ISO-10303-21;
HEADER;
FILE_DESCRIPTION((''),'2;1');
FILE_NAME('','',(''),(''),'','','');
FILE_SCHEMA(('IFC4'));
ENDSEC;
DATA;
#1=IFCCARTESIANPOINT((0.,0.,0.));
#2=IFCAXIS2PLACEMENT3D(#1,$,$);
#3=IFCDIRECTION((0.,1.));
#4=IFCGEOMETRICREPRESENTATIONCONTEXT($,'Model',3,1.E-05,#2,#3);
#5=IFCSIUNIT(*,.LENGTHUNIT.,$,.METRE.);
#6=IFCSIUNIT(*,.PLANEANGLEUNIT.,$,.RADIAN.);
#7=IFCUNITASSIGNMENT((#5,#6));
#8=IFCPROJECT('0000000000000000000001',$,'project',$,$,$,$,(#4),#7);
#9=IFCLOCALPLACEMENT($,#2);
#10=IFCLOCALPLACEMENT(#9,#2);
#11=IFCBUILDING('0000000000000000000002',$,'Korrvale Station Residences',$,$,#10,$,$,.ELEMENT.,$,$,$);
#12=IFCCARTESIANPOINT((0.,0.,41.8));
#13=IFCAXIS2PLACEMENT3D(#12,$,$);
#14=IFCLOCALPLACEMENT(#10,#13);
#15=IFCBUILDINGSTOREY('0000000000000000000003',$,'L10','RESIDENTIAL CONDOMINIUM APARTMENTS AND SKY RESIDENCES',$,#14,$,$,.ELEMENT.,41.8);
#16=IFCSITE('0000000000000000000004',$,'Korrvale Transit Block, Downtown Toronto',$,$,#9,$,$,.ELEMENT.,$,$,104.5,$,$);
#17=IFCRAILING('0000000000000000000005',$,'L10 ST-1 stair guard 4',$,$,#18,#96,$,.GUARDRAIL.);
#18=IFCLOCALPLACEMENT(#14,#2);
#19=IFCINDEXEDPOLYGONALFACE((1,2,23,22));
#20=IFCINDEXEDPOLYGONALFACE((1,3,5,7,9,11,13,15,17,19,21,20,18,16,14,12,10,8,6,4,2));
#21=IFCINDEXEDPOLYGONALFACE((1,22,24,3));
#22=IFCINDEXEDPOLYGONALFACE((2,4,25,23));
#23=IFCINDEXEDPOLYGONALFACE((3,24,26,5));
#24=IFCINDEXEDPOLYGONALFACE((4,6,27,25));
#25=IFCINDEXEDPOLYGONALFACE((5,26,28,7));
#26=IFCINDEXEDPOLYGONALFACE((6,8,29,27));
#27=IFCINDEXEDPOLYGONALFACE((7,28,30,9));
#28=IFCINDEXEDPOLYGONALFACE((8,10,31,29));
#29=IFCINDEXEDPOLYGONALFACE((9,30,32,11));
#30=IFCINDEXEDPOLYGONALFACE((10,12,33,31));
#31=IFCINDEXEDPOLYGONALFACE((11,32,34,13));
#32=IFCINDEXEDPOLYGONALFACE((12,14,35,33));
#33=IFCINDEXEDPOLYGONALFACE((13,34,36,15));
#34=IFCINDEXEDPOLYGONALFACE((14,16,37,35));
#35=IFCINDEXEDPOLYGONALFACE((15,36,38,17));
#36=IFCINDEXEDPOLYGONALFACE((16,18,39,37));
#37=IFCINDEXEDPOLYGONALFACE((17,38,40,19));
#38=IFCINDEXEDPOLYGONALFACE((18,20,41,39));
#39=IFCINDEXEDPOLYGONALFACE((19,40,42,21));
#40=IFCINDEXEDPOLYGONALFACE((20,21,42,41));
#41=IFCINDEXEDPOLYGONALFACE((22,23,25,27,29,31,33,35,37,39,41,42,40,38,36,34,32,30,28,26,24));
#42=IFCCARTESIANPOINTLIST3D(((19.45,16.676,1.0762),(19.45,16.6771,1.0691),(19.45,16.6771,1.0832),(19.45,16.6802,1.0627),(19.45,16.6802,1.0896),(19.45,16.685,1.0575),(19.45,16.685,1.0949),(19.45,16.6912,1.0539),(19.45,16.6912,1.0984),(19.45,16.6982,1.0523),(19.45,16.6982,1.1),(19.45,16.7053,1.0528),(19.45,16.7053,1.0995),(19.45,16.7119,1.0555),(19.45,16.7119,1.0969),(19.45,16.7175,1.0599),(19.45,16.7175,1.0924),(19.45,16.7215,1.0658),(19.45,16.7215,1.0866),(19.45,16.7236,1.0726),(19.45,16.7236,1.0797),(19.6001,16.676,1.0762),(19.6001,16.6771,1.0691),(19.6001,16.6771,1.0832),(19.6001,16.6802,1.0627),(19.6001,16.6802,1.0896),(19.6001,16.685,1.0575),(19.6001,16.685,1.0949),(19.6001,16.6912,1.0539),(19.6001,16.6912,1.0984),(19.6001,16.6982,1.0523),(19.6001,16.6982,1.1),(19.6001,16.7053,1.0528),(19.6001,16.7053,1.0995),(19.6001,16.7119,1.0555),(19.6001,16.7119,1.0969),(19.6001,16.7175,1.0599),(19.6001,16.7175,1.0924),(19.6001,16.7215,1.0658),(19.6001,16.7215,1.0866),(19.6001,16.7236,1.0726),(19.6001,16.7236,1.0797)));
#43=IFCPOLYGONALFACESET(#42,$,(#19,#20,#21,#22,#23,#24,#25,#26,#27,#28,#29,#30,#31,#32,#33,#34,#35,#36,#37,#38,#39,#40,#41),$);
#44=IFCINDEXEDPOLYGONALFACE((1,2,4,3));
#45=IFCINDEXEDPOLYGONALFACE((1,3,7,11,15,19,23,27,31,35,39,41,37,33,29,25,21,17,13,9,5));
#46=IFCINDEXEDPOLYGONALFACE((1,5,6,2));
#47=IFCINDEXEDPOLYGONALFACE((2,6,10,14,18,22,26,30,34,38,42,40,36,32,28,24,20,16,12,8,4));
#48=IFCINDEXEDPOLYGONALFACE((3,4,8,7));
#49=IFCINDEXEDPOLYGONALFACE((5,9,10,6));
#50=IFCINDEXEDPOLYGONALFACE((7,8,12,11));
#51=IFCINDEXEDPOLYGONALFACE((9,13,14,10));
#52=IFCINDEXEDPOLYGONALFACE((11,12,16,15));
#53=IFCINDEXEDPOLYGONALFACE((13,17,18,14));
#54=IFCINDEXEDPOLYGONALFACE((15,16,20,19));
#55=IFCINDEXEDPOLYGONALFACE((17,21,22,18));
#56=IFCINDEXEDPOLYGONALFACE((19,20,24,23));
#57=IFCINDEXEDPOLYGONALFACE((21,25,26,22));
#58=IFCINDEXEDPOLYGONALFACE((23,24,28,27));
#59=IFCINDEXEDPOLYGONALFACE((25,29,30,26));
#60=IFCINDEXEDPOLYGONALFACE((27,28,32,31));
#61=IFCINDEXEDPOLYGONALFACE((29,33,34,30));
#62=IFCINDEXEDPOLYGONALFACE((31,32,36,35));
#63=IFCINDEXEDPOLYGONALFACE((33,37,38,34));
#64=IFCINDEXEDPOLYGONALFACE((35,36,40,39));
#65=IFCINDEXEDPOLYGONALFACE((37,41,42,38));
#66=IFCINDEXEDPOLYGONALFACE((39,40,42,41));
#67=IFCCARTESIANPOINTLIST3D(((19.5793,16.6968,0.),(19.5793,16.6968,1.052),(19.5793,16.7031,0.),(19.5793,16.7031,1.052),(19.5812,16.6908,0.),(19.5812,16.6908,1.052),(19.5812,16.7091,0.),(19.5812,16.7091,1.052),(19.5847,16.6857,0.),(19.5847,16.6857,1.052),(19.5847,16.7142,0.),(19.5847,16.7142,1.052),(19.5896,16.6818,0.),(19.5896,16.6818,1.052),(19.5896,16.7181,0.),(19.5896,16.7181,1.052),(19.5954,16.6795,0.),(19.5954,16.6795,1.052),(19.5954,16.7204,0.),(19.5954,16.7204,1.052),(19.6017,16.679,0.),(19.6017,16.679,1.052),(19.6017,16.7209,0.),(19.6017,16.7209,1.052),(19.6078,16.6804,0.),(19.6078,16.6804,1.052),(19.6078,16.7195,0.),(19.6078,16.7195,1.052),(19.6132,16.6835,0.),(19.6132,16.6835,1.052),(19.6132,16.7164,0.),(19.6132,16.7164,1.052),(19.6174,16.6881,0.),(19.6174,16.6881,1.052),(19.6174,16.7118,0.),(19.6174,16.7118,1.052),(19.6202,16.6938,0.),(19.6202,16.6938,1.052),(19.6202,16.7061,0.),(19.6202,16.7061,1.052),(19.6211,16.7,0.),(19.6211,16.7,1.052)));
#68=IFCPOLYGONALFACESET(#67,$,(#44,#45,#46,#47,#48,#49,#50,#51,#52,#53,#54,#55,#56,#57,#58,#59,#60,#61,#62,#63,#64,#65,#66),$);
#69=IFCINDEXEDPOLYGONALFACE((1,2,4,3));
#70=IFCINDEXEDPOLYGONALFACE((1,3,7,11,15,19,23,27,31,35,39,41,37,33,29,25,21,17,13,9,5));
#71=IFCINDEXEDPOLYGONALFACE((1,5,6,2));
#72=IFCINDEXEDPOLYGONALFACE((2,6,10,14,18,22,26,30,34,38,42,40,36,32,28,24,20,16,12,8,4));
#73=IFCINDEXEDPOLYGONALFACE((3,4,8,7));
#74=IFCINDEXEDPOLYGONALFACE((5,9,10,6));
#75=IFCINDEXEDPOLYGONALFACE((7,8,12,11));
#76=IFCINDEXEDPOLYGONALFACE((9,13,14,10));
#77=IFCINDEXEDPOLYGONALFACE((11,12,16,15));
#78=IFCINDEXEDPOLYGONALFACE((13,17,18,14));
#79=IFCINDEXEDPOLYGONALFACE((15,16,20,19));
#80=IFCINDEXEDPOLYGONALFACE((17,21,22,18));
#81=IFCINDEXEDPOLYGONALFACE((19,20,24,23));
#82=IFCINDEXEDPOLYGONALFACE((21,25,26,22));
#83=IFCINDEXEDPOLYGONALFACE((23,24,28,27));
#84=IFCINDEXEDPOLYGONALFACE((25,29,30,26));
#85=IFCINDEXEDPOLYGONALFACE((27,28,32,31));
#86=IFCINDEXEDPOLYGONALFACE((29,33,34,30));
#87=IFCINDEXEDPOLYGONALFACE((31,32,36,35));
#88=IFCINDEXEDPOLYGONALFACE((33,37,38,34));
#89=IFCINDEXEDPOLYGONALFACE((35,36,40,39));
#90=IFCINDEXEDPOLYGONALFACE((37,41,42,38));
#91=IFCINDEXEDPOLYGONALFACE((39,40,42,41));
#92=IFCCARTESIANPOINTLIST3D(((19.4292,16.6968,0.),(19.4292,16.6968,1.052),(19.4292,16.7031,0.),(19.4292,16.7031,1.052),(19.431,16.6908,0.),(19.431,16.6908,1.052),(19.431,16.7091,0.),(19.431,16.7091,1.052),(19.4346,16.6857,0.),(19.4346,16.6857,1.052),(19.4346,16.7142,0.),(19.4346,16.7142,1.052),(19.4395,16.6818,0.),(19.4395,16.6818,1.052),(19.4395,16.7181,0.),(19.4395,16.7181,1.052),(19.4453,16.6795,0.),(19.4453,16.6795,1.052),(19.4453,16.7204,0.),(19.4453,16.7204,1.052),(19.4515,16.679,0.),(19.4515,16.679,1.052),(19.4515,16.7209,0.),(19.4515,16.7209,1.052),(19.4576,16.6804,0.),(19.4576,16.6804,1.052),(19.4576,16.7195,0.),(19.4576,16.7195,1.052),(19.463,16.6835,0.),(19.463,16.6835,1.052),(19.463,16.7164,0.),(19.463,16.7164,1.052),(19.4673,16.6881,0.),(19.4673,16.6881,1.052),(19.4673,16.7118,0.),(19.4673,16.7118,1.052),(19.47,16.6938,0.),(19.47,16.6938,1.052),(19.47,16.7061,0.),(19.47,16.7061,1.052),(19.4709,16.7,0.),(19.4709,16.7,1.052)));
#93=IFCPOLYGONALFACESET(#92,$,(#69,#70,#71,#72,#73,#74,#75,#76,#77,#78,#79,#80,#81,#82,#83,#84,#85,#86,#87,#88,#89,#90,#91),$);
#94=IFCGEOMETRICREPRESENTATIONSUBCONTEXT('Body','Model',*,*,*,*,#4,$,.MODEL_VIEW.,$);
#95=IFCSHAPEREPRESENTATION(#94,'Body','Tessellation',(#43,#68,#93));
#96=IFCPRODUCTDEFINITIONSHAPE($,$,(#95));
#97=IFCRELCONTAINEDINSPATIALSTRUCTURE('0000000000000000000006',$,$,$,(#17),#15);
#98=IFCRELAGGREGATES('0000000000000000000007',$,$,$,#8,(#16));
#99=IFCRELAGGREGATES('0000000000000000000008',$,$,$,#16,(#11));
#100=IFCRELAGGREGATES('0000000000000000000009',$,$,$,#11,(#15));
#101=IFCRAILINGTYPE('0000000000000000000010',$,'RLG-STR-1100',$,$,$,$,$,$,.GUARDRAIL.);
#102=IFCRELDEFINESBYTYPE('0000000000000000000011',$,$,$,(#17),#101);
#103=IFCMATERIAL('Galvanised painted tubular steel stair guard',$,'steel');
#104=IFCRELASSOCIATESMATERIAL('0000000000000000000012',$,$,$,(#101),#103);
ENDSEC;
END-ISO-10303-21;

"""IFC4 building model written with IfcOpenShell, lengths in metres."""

from ifc_helpers import new_model, si_unit, direction, frame, origin, origin_2d, place, context, subcontext, project, spatial, circle, extrude, material, type_object, element, save


model = new_model("IFC4")

# Units and contexts
model_context = context("Model", 3, precision=1e-05, world=origin(), true_north=direction((0.0, 1.0)))
body_context = subcontext(model_context, "Body", "Model", "MODEL_VIEW")
ifc_project = project(units=[si_unit("LENGTHUNIT", "METRE"), si_unit("PLANEANGLEUNIT", "RADIAN")], contexts=[model_context])

# Site, building, storey
site_placement = place(None, origin())
site = spatial("IfcSite", under=ifc_project, at=site_placement, Name="Korrvale Transit Block, Downtown Toronto", CompositionType="ELEMENT", RefElevation=104.5)
building_placement = place(site_placement, origin())
building = spatial("IfcBuilding", under=site, at=building_placement, Name="Korrvale Station Residences", CompositionType="ELEMENT")
storey_placement = place(building_placement, frame((0.0, 0.0, 41.8)))
storey = spatial("IfcBuildingStorey", under=building, at=storey_placement, Name="L10", Description="RESIDENTIAL CONDOMINIUM APARTMENTS AND SKY RESIDENCES", CompositionType="ELEMENT", Elevation=41.8)

# Railing
ifc_material_1 = material(Name="Galvanised painted tubular steel stair guard", Category="steel")
railing_type_1 = type_object("IfcRailingType", Name="RLG-STR-1100", PredefinedType="GUARDRAIL", material=ifc_material_1)
railing_1_placement = place(storey_placement, frame((19.6001, 16.7, 0.0)))
element("IfcRailing", 1, at=railing_1_placement, inside=storey, type_object=railing_type_1, Name="L10 ST-1 stair guard 4", PredefinedType="GUARDRAIL", context=body_context, shape_type="SweptSolid", body=[
    extrude(circle(Radius=0.0239, at=origin_2d()), frame((0.0, 0.0, 1.0762), z_axis=(-1.0, 0.0, 0.0), x_axis=(0.0, -1.0, 0.0)), (0.0, 0.0, 1.0), 0.1501),
    extrude(circle(Radius=0.021, at=origin_2d()), origin(), (0.0, 0.0, 1.0), 1.052),
    extrude(circle(Radius=0.021, at=origin_2d()), frame((-0.1501, 0.0, 0.0)), (0.0, 0.0, 1.0), 1.052),
])

save(model, "model.ifc")
